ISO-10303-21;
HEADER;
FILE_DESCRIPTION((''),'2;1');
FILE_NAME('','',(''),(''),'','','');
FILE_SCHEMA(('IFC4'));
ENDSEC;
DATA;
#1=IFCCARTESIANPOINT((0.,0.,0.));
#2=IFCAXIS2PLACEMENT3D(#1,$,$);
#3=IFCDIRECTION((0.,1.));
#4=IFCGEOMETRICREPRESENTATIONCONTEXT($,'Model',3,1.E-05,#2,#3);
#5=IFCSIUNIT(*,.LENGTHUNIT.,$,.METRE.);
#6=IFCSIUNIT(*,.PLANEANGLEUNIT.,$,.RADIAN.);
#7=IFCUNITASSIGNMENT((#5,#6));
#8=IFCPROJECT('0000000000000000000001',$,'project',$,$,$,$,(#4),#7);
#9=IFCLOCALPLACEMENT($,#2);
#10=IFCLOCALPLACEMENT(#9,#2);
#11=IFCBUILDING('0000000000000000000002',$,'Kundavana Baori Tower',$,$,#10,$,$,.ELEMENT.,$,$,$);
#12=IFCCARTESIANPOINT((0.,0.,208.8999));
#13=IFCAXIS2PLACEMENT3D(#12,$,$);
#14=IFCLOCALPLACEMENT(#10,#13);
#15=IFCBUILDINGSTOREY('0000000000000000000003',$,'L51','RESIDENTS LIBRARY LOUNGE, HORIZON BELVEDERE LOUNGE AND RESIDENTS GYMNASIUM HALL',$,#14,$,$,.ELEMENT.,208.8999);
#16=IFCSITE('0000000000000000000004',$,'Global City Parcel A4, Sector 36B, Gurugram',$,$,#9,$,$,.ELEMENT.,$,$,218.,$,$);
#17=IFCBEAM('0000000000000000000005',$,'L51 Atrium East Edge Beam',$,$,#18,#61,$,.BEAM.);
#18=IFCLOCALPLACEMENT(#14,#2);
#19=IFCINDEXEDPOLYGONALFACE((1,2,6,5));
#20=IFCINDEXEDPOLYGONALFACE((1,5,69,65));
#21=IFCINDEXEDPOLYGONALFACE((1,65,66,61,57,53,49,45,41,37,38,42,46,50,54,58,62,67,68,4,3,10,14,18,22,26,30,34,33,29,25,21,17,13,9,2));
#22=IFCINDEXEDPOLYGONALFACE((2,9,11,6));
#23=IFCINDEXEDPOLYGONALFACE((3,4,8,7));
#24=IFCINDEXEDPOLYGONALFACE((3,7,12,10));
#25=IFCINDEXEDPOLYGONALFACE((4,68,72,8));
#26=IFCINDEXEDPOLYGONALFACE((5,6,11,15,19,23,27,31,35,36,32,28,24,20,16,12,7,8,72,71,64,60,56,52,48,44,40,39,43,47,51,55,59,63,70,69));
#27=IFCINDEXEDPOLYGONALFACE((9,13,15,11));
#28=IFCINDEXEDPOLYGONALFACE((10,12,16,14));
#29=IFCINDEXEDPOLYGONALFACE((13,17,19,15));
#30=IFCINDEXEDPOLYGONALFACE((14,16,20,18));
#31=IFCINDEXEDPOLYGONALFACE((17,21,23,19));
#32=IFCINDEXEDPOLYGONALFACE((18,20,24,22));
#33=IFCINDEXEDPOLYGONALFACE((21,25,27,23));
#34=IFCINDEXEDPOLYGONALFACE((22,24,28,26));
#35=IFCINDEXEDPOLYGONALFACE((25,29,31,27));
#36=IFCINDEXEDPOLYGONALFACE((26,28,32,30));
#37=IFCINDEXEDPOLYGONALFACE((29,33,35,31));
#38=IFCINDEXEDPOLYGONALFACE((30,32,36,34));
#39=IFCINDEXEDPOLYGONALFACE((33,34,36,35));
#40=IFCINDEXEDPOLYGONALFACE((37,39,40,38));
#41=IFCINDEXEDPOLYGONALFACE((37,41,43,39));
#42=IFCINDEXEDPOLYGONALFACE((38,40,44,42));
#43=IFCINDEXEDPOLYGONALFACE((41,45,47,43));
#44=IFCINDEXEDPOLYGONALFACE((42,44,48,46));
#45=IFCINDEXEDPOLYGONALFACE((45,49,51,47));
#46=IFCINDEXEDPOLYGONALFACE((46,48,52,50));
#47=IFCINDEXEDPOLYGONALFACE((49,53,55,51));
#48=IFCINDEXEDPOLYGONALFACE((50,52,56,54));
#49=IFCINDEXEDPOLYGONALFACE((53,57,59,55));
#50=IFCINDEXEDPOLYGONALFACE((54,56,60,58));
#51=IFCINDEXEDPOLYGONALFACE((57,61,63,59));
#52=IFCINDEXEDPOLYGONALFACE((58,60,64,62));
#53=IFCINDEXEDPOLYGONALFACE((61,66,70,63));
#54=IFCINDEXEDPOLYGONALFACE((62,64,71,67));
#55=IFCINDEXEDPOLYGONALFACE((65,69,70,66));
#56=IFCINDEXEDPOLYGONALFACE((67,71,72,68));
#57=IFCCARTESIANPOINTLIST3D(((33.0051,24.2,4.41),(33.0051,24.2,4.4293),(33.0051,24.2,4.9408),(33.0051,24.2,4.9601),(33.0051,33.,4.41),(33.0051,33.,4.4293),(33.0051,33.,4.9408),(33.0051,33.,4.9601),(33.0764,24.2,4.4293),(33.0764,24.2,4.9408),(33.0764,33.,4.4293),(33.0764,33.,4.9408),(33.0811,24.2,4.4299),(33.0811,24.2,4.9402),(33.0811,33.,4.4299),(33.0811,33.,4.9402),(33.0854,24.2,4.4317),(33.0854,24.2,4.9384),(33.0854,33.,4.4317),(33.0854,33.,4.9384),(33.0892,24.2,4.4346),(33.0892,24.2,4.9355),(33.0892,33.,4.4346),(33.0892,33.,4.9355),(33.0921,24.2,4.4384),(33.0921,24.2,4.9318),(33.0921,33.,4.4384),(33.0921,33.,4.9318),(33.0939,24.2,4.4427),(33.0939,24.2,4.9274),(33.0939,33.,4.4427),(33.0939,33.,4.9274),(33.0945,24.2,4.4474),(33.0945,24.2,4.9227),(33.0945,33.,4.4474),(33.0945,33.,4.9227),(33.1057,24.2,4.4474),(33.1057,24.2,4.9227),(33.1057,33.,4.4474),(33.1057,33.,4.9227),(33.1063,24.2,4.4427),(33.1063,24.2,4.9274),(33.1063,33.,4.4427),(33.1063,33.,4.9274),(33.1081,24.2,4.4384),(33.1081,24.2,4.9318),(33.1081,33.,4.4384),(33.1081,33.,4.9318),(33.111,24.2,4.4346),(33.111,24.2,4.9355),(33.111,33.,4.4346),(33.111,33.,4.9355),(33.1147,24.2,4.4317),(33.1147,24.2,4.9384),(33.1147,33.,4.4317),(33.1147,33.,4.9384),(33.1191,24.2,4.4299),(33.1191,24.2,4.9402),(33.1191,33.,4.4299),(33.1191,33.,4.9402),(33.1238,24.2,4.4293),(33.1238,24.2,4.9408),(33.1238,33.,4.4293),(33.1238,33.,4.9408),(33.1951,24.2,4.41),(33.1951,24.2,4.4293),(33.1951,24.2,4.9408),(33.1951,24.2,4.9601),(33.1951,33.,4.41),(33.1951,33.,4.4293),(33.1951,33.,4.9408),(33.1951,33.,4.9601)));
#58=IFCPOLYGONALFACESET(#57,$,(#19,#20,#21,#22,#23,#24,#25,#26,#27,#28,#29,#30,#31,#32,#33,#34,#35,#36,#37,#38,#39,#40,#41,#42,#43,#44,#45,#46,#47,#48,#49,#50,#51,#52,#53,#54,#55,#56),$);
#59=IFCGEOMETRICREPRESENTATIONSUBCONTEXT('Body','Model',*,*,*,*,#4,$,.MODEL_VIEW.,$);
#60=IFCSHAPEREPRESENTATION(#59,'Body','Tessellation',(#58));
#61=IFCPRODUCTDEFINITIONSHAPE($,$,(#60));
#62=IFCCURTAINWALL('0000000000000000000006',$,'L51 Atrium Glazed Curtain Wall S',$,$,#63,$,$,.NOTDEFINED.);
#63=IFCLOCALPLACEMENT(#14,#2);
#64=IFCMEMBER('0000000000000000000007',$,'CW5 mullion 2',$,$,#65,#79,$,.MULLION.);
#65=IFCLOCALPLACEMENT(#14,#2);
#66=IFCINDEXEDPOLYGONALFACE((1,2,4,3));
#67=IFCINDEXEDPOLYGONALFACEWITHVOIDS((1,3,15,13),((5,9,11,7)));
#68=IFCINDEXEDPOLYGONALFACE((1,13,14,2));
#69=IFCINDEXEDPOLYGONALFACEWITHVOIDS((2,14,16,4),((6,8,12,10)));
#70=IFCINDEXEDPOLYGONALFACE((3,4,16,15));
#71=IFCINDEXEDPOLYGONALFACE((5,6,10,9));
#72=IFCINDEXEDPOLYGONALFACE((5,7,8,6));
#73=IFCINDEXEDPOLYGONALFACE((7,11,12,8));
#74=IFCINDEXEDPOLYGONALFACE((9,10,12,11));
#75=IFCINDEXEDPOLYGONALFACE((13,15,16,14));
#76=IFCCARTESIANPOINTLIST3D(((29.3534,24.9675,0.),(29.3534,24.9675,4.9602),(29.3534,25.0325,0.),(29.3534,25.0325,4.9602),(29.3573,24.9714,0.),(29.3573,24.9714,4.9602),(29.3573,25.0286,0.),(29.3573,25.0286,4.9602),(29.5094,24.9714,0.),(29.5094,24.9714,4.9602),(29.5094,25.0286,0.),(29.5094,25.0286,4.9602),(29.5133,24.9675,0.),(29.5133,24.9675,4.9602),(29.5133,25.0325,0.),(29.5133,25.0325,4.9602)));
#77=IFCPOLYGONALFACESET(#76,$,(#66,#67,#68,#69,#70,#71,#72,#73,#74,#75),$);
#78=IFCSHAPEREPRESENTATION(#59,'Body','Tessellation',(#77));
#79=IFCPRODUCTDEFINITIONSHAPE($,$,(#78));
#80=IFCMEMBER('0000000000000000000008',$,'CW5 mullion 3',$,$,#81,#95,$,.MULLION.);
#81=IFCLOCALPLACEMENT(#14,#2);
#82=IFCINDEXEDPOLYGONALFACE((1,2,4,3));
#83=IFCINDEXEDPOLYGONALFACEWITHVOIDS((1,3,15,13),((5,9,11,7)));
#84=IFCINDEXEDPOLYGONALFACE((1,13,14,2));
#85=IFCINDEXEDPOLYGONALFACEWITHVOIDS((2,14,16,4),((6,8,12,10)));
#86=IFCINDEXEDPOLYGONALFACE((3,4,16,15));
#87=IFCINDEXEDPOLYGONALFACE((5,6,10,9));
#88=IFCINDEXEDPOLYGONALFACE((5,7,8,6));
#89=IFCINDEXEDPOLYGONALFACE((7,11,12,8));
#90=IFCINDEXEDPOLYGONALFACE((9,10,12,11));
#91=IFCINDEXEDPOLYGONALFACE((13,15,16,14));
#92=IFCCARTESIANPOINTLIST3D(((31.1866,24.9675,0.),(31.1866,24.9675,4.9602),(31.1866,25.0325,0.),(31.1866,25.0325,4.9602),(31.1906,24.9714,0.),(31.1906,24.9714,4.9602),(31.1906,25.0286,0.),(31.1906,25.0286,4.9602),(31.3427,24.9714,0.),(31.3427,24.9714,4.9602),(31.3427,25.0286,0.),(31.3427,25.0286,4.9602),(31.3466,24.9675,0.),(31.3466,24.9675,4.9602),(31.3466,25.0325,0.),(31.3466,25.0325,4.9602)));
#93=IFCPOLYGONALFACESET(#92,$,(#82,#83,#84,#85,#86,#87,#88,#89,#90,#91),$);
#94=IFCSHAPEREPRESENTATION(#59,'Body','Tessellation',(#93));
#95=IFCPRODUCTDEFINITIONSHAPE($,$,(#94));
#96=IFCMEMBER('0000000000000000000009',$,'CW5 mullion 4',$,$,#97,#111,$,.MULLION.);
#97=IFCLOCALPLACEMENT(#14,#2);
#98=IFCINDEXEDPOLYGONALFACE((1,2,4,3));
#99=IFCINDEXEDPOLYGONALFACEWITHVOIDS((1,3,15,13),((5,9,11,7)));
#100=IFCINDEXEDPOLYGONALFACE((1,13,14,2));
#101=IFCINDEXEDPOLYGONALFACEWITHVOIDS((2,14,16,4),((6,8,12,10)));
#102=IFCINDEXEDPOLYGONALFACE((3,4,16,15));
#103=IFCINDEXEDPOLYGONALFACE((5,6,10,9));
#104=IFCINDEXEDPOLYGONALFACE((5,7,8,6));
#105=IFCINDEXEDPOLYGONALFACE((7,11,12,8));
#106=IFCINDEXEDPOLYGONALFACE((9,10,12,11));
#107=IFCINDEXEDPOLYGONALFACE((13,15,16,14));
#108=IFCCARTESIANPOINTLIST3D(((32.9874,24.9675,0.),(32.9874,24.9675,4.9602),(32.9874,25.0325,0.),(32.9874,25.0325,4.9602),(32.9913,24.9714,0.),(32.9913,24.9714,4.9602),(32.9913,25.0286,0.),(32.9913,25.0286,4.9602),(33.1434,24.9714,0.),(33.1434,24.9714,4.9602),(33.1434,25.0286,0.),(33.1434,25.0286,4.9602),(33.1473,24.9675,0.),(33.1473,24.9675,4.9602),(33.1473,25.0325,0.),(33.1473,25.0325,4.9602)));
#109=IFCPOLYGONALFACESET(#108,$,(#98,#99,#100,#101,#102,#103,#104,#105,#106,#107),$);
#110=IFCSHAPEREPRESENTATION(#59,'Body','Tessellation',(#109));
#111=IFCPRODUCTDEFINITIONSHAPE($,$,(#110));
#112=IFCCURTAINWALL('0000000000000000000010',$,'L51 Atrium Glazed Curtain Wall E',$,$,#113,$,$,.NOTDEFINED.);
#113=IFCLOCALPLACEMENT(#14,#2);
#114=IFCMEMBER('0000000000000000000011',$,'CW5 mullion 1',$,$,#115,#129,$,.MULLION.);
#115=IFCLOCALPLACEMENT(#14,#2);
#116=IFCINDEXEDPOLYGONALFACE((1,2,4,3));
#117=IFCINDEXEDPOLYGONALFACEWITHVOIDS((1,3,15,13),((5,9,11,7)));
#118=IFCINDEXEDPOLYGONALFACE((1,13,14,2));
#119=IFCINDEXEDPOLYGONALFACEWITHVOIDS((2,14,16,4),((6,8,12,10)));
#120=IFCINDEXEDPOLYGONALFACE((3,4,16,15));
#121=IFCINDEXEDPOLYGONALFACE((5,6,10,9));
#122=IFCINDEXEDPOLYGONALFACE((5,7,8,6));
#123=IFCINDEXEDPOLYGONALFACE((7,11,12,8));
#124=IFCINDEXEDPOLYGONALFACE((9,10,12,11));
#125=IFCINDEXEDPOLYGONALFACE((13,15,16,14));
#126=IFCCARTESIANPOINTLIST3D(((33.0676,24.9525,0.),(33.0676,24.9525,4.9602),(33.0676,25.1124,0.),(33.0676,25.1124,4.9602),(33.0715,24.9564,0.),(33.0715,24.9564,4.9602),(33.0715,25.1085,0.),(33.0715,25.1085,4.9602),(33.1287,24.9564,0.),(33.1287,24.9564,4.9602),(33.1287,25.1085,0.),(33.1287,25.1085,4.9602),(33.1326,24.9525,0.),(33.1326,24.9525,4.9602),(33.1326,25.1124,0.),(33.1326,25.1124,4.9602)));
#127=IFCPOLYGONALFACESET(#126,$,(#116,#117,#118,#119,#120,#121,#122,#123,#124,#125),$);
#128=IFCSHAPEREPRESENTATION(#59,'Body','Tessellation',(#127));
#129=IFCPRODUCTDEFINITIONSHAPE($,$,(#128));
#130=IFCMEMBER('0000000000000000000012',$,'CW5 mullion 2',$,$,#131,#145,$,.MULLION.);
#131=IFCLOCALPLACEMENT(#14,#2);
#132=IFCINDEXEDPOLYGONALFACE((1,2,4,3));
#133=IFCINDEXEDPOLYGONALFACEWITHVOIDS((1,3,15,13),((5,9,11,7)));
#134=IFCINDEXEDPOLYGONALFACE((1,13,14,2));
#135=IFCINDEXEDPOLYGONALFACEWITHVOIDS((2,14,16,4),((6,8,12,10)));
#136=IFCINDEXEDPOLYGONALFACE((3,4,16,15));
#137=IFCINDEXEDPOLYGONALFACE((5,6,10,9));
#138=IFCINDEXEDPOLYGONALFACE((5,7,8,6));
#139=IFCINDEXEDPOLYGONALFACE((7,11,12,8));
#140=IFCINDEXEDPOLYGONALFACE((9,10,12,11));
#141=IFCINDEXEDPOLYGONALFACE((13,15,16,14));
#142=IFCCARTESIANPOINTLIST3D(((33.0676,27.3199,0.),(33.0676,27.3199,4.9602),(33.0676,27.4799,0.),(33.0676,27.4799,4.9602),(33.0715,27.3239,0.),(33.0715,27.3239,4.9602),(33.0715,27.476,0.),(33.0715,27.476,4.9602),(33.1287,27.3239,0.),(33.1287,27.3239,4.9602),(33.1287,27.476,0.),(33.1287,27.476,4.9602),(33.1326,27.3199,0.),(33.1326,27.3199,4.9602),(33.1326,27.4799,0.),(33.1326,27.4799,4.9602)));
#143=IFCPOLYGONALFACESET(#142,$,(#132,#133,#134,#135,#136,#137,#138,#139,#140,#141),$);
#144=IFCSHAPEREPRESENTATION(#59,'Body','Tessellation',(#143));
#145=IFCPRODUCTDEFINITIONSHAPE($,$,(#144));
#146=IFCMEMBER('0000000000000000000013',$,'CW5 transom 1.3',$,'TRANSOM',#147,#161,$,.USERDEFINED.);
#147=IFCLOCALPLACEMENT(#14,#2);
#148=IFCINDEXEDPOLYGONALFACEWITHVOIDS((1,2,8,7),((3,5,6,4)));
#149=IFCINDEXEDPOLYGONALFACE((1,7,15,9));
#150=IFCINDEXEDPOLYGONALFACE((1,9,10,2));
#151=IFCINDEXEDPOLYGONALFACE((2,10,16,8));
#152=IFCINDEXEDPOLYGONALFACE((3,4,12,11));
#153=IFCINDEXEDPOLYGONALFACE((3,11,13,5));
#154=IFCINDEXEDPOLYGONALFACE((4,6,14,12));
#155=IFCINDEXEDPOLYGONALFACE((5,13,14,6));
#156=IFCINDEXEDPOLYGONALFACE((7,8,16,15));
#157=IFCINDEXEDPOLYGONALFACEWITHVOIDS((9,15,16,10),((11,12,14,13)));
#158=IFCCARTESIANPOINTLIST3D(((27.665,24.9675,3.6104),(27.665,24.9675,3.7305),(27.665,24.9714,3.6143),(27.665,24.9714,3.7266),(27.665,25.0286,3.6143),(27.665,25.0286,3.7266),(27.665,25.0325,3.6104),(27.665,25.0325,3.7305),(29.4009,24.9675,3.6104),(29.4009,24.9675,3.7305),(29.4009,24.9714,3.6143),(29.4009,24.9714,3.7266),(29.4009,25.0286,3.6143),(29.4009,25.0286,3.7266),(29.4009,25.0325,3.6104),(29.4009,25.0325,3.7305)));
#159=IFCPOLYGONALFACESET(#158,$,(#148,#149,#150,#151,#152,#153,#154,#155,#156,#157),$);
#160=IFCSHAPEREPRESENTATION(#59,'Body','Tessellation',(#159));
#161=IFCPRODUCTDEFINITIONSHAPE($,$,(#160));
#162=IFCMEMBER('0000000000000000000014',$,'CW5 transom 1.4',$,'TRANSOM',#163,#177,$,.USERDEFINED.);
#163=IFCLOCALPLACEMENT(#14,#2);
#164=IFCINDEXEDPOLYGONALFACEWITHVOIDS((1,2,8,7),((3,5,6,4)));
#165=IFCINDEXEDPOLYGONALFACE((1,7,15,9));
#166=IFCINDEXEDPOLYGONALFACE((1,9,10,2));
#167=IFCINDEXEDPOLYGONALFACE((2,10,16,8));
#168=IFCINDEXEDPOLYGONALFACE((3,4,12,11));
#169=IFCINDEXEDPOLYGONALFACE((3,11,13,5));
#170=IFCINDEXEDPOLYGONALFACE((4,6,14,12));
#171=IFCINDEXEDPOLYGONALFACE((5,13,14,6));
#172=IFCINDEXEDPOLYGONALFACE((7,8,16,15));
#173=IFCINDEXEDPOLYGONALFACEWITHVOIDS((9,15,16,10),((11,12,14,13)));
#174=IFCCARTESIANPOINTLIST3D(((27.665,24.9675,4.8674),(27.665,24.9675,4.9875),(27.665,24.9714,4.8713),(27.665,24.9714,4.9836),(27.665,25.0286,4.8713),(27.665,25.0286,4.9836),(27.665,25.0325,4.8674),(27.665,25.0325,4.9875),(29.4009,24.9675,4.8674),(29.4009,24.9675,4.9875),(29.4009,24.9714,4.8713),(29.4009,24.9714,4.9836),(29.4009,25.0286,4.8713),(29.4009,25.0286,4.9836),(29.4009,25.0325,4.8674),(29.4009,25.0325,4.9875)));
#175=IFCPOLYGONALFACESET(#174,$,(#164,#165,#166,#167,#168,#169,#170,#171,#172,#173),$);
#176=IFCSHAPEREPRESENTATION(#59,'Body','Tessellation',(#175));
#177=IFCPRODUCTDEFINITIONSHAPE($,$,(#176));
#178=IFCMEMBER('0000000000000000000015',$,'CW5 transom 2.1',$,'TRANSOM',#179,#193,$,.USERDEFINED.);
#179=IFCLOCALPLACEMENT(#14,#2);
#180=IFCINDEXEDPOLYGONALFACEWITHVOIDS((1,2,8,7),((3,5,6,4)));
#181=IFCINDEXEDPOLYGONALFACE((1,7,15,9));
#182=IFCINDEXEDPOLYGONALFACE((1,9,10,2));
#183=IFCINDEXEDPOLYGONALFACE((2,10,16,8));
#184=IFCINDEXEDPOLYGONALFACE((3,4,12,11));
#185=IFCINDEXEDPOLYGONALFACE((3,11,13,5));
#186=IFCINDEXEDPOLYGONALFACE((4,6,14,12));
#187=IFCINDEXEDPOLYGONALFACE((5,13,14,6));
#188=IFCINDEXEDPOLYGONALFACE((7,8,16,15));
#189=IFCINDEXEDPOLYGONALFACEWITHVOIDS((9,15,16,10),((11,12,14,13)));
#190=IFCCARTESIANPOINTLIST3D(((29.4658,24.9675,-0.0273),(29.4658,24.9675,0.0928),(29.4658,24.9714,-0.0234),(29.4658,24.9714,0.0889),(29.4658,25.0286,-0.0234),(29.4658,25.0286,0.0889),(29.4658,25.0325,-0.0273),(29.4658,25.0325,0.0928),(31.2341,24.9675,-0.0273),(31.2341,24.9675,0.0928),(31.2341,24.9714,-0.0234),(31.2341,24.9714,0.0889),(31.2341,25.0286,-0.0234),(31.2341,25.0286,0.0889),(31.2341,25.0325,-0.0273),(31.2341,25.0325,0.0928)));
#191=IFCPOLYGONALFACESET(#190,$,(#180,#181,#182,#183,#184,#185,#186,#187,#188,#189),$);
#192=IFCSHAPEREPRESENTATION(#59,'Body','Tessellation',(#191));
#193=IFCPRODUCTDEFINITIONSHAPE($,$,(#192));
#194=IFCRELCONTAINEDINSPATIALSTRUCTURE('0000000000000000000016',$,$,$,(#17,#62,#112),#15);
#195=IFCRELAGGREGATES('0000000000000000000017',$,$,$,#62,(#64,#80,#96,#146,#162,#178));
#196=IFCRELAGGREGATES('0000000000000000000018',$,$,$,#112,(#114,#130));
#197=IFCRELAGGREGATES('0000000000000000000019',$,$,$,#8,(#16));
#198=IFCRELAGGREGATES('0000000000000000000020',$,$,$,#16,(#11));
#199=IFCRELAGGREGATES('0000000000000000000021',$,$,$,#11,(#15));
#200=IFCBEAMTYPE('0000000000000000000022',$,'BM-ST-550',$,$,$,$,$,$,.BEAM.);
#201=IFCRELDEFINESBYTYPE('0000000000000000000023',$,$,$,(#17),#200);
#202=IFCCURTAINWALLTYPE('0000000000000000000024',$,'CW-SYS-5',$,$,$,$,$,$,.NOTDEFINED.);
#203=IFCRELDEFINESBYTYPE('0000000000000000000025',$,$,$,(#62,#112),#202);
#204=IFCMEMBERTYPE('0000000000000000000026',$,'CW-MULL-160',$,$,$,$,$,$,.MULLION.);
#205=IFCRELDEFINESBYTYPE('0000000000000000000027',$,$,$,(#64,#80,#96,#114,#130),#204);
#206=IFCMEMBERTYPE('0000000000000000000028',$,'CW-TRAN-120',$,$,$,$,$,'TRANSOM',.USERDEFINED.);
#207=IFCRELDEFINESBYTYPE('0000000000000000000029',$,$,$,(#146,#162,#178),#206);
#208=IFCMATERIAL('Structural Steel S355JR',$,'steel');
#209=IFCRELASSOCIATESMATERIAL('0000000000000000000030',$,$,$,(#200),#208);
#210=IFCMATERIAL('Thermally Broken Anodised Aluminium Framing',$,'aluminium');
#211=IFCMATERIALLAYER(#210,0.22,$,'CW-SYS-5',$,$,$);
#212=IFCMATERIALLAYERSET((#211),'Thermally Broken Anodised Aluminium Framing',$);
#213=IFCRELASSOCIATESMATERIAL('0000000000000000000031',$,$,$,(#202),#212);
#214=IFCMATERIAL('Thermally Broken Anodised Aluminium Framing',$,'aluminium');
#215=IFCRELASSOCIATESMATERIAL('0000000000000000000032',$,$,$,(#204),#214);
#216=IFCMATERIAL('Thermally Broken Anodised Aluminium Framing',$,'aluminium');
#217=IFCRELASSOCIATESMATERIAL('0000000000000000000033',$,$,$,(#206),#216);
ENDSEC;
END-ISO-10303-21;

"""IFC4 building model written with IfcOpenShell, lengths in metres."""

from ifc_helpers import new_model, si_unit, direction, frame, origin, origin_2d, place, context, subcontext, project, spatial, hollow_rectangle, i_section, extrude, material, layer, layer_set, material_profile, profile_set, type_object, element, aggregate, save


model = new_model("IFC4")

# Units and contexts
model_context = context("Model", 3, precision=1e-05, world=origin(), true_north=direction((0.0, 1.0)))
body_context = subcontext(model_context, "Body", "Model", "MODEL_VIEW")
ifc_project = project(units=[si_unit("LENGTHUNIT", "METRE"), si_unit("PLANEANGLEUNIT", "RADIAN")], contexts=[model_context])

# Site, building, storey
site_placement = place(None, origin())
site = spatial("IfcSite", under=ifc_project, at=site_placement, Name="Global City Parcel A4, Sector 36B, Gurugram", CompositionType="ELEMENT", RefElevation=218.0)
building_placement = place(site_placement, origin())
building = spatial("IfcBuilding", under=site, at=building_placement, Name="Kundavana Baori Tower", CompositionType="ELEMENT")
storey_placement = place(building_placement, frame((0.0, 0.0, 208.8999)))
storey = spatial("IfcBuildingStorey", under=building, at=storey_placement, Name="L51", Description="RESIDENTS LIBRARY LOUNGE, HORIZON BELVEDERE LOUNGE AND RESIDENTS GYMNASIUM HALL", CompositionType="ELEMENT", Elevation=208.8999)

# Beam
ifc_material_1 = material(Name="Structural Steel S355JR", Category="steel")
ifc_material_profile_1 = material_profile(ifc_material_1, i_section(OverallWidth=0.1899, OverallDepth=0.55, WebThickness=0.0112, FlangeThickness=0.0193, FilletRadius=0.0181, at=origin_2d()), Name="ISMB 550")
ifc_profile_set_1 = profile_set([ifc_material_profile_1], Name="Structural Steel S355JR")
beam_type = type_object("IfcBeamType", Name="BM-ST-550", PredefinedType="BEAM", material=ifc_profile_set_1)
beam_placement = place(storey_placement, frame((33.1001, 24.2, 4.6851), z_axis=(0.0, 1.0, 0.0), x_axis=(-1.0, 0.0, 0.0)))
element("IfcBeam", 1, at=beam_placement, inside=storey, type_object=beam_type, Name="L51 Atrium East Edge Beam", PredefinedType="BEAM", context=body_context, shape_type="SweptSolid", body=[
    extrude(i_section(OverallWidth=0.1899, OverallDepth=0.55, WebThickness=0.0112, FlangeThickness=0.0193, FilletRadius=0.0181, at=origin_2d()), origin(), (0.0, 0.0, 1.0), 8.8),
])

# Curtain walls, members
ifc_material_2 = material(Name="Thermally Broken Anodised Aluminium Framing", Category="aluminium")
ifc_layer_1 = layer(ifc_material_2, 0.22, Name="CW-SYS-5")
ifc_layer_set_1 = layer_set([ifc_layer_1], Name="Thermally Broken Anodised Aluminium Framing")
curtain_wall_type = type_object("IfcCurtainWallType", Name="CW-SYS-5", PredefinedType="NOTDEFINED", material=ifc_layer_set_1)
curtain_wall_1_placement = place(storey_placement, origin())
curtain_wall_1 = element("IfcCurtainWall", 2, at=curtain_wall_1_placement, inside=storey, type_object=curtain_wall_type, Name="L51 Atrium Glazed Curtain Wall S", PredefinedType="NOTDEFINED")
ifc_material_3 = material(Name="Thermally Broken Anodised Aluminium Framing", Category="aluminium")
ifc_material_profile_2 = material_profile(ifc_material_3, hollow_rectangle(XDim=0.0649, YDim=0.1599, WallThickness=0.0039, at=origin_2d()), Name="CW-MULL-160")
ifc_profile_set_2 = profile_set([ifc_material_profile_2], Name="Thermally Broken Anodised Aluminium Framing")
member_type_1 = type_object("IfcMemberType", Name="CW-MULL-160", PredefinedType="MULLION", material=ifc_profile_set_2)
member_1_placement = place(storey_placement, frame((29.4333, 25.0, 0.0), z_axis=(0.0, 0.0, 1.0), x_axis=(0.0, 1.0, 0.0)))
member_1 = element("IfcMember", 3, at=member_1_placement, type_object=member_type_1, Name="CW5 mullion 2", PredefinedType="MULLION", context=body_context, shape_type="SweptSolid", body=[
    extrude(hollow_rectangle(XDim=0.0649, YDim=0.1599, WallThickness=0.0039, at=origin_2d()), origin(), (0.0, 0.0, 1.0), 4.9602),
])
member_2_placement = place(storey_placement, frame((31.2666, 25.0, 0.0), z_axis=(0.0, 0.0, 1.0), x_axis=(0.0, 1.0, 0.0)))
member_2 = element("IfcMember", 4, at=member_2_placement, type_object=member_type_1, Name="CW5 mullion 3", PredefinedType="MULLION", context=body_context, shape_type="SweptSolid", body=[
    extrude(hollow_rectangle(XDim=0.0649, YDim=0.1599, WallThickness=0.0039, at=origin_2d()), origin(), (0.0, 0.0, 1.0), 4.9602),
])
member_3_placement = place(storey_placement, frame((33.0674, 25.0, 0.0), z_axis=(0.0, 0.0, 1.0), x_axis=(0.0, 1.0, 0.0)))
member_3 = element("IfcMember", 5, at=member_3_placement, type_object=member_type_1, Name="CW5 mullion 4", PredefinedType="MULLION", context=body_context, shape_type="SweptSolid", body=[
    extrude(hollow_rectangle(XDim=0.0649, YDim=0.1599, WallThickness=0.0039, at=origin_2d()), origin(), (0.0, 0.0, 1.0), 4.9602),
])
curtain_wall_2_placement = place(storey_placement, origin())
curtain_wall_2 = element("IfcCurtainWall", 6, at=curtain_wall_2_placement, inside=storey, type_object=curtain_wall_type, Name="L51 Atrium Glazed Curtain Wall E", PredefinedType="NOTDEFINED")
member_4_placement = place(storey_placement, frame((33.1001, 25.0325, 0.0), z_axis=(0.0, 0.0, 1.0), x_axis=(-1.0, 0.0, 0.0)))
member_4 = element("IfcMember", 7, at=member_4_placement, type_object=member_type_1, Name="CW5 mullion 1", PredefinedType="MULLION", context=body_context, shape_type="SweptSolid", body=[
    extrude(hollow_rectangle(XDim=0.0649, YDim=0.1599, WallThickness=0.0039, at=origin_2d()), origin(), (0.0, 0.0, 1.0), 4.9602),
])
member_5_placement = place(storey_placement, frame((33.1001, 27.3999, 0.0), z_axis=(0.0, 0.0, 1.0), x_axis=(-1.0, 0.0, 0.0)))
member_5 = element("IfcMember", 8, at=member_5_placement, type_object=member_type_1, Name="CW5 mullion 2", PredefinedType="MULLION", context=body_context, shape_type="SweptSolid", body=[
    extrude(hollow_rectangle(XDim=0.0649, YDim=0.1599, WallThickness=0.0039, at=origin_2d()), origin(), (0.0, 0.0, 1.0), 4.9602),
])

# Members
ifc_material_4 = material(Name="Thermally Broken Anodised Aluminium Framing", Category="aluminium")
ifc_material_profile_3 = material_profile(ifc_material_4, hollow_rectangle(XDim=0.0649, YDim=0.1201, WallThickness=0.0039, at=origin_2d()), Name="CW-TRAN-120")
ifc_profile_set_3 = profile_set([ifc_material_profile_3], Name="Thermally Broken Anodised Aluminium Framing")
member_type_2 = type_object("IfcMemberType", Name="CW-TRAN-120", ElementType="TRANSOM", PredefinedType="USERDEFINED", material=ifc_profile_set_3)
member_6_placement = place(storey_placement, frame((27.665, 25.0, 3.6704), z_axis=(1.0, 0.0, 0.0), x_axis=(0.0, 1.0, 0.0)))
member_6 = element("IfcMember", 9, at=member_6_placement, type_object=member_type_2, Name="CW5 transom 1.3", ObjectType="TRANSOM", PredefinedType="USERDEFINED", context=body_context, shape_type="SweptSolid", body=[
    extrude(hollow_rectangle(XDim=0.0649, YDim=0.1201, WallThickness=0.0039, at=origin_2d()), origin(), (0.0, 0.0, 1.0), 1.7358),
])
member_7_placement = place(storey_placement, frame((27.665, 25.0, 4.9275), z_axis=(1.0, 0.0, 0.0), x_axis=(0.0, 1.0, 0.0)))
member_7 = element("IfcMember", 10, at=member_7_placement, type_object=member_type_2, Name="CW5 transom 1.4", ObjectType="TRANSOM", PredefinedType="USERDEFINED", context=body_context, shape_type="SweptSolid", body=[
    extrude(hollow_rectangle(XDim=0.0649, YDim=0.1201, WallThickness=0.0039, at=origin_2d()), origin(), (0.0, 0.0, 1.0), 1.7358),
])
member_8_placement = place(storey_placement, frame((29.4658, 25.0, 0.0327), z_axis=(1.0, 0.0, 0.0), x_axis=(0.0, 1.0, 0.0)))
member_8 = element("IfcMember", 11, at=member_8_placement, type_object=member_type_2, Name="CW5 transom 2.1", ObjectType="TRANSOM", PredefinedType="USERDEFINED", context=body_context, shape_type="SweptSolid", body=[
    extrude(hollow_rectangle(XDim=0.0649, YDim=0.1201, WallThickness=0.0039, at=origin_2d()), origin(), (0.0, 0.0, 1.0), 1.7683),
])

aggregate(curtain_wall_1, [member_1, member_2, member_3, member_6, member_7, member_8])
aggregate(curtain_wall_2, [member_4, member_5])

save(model, "model.ifc")
